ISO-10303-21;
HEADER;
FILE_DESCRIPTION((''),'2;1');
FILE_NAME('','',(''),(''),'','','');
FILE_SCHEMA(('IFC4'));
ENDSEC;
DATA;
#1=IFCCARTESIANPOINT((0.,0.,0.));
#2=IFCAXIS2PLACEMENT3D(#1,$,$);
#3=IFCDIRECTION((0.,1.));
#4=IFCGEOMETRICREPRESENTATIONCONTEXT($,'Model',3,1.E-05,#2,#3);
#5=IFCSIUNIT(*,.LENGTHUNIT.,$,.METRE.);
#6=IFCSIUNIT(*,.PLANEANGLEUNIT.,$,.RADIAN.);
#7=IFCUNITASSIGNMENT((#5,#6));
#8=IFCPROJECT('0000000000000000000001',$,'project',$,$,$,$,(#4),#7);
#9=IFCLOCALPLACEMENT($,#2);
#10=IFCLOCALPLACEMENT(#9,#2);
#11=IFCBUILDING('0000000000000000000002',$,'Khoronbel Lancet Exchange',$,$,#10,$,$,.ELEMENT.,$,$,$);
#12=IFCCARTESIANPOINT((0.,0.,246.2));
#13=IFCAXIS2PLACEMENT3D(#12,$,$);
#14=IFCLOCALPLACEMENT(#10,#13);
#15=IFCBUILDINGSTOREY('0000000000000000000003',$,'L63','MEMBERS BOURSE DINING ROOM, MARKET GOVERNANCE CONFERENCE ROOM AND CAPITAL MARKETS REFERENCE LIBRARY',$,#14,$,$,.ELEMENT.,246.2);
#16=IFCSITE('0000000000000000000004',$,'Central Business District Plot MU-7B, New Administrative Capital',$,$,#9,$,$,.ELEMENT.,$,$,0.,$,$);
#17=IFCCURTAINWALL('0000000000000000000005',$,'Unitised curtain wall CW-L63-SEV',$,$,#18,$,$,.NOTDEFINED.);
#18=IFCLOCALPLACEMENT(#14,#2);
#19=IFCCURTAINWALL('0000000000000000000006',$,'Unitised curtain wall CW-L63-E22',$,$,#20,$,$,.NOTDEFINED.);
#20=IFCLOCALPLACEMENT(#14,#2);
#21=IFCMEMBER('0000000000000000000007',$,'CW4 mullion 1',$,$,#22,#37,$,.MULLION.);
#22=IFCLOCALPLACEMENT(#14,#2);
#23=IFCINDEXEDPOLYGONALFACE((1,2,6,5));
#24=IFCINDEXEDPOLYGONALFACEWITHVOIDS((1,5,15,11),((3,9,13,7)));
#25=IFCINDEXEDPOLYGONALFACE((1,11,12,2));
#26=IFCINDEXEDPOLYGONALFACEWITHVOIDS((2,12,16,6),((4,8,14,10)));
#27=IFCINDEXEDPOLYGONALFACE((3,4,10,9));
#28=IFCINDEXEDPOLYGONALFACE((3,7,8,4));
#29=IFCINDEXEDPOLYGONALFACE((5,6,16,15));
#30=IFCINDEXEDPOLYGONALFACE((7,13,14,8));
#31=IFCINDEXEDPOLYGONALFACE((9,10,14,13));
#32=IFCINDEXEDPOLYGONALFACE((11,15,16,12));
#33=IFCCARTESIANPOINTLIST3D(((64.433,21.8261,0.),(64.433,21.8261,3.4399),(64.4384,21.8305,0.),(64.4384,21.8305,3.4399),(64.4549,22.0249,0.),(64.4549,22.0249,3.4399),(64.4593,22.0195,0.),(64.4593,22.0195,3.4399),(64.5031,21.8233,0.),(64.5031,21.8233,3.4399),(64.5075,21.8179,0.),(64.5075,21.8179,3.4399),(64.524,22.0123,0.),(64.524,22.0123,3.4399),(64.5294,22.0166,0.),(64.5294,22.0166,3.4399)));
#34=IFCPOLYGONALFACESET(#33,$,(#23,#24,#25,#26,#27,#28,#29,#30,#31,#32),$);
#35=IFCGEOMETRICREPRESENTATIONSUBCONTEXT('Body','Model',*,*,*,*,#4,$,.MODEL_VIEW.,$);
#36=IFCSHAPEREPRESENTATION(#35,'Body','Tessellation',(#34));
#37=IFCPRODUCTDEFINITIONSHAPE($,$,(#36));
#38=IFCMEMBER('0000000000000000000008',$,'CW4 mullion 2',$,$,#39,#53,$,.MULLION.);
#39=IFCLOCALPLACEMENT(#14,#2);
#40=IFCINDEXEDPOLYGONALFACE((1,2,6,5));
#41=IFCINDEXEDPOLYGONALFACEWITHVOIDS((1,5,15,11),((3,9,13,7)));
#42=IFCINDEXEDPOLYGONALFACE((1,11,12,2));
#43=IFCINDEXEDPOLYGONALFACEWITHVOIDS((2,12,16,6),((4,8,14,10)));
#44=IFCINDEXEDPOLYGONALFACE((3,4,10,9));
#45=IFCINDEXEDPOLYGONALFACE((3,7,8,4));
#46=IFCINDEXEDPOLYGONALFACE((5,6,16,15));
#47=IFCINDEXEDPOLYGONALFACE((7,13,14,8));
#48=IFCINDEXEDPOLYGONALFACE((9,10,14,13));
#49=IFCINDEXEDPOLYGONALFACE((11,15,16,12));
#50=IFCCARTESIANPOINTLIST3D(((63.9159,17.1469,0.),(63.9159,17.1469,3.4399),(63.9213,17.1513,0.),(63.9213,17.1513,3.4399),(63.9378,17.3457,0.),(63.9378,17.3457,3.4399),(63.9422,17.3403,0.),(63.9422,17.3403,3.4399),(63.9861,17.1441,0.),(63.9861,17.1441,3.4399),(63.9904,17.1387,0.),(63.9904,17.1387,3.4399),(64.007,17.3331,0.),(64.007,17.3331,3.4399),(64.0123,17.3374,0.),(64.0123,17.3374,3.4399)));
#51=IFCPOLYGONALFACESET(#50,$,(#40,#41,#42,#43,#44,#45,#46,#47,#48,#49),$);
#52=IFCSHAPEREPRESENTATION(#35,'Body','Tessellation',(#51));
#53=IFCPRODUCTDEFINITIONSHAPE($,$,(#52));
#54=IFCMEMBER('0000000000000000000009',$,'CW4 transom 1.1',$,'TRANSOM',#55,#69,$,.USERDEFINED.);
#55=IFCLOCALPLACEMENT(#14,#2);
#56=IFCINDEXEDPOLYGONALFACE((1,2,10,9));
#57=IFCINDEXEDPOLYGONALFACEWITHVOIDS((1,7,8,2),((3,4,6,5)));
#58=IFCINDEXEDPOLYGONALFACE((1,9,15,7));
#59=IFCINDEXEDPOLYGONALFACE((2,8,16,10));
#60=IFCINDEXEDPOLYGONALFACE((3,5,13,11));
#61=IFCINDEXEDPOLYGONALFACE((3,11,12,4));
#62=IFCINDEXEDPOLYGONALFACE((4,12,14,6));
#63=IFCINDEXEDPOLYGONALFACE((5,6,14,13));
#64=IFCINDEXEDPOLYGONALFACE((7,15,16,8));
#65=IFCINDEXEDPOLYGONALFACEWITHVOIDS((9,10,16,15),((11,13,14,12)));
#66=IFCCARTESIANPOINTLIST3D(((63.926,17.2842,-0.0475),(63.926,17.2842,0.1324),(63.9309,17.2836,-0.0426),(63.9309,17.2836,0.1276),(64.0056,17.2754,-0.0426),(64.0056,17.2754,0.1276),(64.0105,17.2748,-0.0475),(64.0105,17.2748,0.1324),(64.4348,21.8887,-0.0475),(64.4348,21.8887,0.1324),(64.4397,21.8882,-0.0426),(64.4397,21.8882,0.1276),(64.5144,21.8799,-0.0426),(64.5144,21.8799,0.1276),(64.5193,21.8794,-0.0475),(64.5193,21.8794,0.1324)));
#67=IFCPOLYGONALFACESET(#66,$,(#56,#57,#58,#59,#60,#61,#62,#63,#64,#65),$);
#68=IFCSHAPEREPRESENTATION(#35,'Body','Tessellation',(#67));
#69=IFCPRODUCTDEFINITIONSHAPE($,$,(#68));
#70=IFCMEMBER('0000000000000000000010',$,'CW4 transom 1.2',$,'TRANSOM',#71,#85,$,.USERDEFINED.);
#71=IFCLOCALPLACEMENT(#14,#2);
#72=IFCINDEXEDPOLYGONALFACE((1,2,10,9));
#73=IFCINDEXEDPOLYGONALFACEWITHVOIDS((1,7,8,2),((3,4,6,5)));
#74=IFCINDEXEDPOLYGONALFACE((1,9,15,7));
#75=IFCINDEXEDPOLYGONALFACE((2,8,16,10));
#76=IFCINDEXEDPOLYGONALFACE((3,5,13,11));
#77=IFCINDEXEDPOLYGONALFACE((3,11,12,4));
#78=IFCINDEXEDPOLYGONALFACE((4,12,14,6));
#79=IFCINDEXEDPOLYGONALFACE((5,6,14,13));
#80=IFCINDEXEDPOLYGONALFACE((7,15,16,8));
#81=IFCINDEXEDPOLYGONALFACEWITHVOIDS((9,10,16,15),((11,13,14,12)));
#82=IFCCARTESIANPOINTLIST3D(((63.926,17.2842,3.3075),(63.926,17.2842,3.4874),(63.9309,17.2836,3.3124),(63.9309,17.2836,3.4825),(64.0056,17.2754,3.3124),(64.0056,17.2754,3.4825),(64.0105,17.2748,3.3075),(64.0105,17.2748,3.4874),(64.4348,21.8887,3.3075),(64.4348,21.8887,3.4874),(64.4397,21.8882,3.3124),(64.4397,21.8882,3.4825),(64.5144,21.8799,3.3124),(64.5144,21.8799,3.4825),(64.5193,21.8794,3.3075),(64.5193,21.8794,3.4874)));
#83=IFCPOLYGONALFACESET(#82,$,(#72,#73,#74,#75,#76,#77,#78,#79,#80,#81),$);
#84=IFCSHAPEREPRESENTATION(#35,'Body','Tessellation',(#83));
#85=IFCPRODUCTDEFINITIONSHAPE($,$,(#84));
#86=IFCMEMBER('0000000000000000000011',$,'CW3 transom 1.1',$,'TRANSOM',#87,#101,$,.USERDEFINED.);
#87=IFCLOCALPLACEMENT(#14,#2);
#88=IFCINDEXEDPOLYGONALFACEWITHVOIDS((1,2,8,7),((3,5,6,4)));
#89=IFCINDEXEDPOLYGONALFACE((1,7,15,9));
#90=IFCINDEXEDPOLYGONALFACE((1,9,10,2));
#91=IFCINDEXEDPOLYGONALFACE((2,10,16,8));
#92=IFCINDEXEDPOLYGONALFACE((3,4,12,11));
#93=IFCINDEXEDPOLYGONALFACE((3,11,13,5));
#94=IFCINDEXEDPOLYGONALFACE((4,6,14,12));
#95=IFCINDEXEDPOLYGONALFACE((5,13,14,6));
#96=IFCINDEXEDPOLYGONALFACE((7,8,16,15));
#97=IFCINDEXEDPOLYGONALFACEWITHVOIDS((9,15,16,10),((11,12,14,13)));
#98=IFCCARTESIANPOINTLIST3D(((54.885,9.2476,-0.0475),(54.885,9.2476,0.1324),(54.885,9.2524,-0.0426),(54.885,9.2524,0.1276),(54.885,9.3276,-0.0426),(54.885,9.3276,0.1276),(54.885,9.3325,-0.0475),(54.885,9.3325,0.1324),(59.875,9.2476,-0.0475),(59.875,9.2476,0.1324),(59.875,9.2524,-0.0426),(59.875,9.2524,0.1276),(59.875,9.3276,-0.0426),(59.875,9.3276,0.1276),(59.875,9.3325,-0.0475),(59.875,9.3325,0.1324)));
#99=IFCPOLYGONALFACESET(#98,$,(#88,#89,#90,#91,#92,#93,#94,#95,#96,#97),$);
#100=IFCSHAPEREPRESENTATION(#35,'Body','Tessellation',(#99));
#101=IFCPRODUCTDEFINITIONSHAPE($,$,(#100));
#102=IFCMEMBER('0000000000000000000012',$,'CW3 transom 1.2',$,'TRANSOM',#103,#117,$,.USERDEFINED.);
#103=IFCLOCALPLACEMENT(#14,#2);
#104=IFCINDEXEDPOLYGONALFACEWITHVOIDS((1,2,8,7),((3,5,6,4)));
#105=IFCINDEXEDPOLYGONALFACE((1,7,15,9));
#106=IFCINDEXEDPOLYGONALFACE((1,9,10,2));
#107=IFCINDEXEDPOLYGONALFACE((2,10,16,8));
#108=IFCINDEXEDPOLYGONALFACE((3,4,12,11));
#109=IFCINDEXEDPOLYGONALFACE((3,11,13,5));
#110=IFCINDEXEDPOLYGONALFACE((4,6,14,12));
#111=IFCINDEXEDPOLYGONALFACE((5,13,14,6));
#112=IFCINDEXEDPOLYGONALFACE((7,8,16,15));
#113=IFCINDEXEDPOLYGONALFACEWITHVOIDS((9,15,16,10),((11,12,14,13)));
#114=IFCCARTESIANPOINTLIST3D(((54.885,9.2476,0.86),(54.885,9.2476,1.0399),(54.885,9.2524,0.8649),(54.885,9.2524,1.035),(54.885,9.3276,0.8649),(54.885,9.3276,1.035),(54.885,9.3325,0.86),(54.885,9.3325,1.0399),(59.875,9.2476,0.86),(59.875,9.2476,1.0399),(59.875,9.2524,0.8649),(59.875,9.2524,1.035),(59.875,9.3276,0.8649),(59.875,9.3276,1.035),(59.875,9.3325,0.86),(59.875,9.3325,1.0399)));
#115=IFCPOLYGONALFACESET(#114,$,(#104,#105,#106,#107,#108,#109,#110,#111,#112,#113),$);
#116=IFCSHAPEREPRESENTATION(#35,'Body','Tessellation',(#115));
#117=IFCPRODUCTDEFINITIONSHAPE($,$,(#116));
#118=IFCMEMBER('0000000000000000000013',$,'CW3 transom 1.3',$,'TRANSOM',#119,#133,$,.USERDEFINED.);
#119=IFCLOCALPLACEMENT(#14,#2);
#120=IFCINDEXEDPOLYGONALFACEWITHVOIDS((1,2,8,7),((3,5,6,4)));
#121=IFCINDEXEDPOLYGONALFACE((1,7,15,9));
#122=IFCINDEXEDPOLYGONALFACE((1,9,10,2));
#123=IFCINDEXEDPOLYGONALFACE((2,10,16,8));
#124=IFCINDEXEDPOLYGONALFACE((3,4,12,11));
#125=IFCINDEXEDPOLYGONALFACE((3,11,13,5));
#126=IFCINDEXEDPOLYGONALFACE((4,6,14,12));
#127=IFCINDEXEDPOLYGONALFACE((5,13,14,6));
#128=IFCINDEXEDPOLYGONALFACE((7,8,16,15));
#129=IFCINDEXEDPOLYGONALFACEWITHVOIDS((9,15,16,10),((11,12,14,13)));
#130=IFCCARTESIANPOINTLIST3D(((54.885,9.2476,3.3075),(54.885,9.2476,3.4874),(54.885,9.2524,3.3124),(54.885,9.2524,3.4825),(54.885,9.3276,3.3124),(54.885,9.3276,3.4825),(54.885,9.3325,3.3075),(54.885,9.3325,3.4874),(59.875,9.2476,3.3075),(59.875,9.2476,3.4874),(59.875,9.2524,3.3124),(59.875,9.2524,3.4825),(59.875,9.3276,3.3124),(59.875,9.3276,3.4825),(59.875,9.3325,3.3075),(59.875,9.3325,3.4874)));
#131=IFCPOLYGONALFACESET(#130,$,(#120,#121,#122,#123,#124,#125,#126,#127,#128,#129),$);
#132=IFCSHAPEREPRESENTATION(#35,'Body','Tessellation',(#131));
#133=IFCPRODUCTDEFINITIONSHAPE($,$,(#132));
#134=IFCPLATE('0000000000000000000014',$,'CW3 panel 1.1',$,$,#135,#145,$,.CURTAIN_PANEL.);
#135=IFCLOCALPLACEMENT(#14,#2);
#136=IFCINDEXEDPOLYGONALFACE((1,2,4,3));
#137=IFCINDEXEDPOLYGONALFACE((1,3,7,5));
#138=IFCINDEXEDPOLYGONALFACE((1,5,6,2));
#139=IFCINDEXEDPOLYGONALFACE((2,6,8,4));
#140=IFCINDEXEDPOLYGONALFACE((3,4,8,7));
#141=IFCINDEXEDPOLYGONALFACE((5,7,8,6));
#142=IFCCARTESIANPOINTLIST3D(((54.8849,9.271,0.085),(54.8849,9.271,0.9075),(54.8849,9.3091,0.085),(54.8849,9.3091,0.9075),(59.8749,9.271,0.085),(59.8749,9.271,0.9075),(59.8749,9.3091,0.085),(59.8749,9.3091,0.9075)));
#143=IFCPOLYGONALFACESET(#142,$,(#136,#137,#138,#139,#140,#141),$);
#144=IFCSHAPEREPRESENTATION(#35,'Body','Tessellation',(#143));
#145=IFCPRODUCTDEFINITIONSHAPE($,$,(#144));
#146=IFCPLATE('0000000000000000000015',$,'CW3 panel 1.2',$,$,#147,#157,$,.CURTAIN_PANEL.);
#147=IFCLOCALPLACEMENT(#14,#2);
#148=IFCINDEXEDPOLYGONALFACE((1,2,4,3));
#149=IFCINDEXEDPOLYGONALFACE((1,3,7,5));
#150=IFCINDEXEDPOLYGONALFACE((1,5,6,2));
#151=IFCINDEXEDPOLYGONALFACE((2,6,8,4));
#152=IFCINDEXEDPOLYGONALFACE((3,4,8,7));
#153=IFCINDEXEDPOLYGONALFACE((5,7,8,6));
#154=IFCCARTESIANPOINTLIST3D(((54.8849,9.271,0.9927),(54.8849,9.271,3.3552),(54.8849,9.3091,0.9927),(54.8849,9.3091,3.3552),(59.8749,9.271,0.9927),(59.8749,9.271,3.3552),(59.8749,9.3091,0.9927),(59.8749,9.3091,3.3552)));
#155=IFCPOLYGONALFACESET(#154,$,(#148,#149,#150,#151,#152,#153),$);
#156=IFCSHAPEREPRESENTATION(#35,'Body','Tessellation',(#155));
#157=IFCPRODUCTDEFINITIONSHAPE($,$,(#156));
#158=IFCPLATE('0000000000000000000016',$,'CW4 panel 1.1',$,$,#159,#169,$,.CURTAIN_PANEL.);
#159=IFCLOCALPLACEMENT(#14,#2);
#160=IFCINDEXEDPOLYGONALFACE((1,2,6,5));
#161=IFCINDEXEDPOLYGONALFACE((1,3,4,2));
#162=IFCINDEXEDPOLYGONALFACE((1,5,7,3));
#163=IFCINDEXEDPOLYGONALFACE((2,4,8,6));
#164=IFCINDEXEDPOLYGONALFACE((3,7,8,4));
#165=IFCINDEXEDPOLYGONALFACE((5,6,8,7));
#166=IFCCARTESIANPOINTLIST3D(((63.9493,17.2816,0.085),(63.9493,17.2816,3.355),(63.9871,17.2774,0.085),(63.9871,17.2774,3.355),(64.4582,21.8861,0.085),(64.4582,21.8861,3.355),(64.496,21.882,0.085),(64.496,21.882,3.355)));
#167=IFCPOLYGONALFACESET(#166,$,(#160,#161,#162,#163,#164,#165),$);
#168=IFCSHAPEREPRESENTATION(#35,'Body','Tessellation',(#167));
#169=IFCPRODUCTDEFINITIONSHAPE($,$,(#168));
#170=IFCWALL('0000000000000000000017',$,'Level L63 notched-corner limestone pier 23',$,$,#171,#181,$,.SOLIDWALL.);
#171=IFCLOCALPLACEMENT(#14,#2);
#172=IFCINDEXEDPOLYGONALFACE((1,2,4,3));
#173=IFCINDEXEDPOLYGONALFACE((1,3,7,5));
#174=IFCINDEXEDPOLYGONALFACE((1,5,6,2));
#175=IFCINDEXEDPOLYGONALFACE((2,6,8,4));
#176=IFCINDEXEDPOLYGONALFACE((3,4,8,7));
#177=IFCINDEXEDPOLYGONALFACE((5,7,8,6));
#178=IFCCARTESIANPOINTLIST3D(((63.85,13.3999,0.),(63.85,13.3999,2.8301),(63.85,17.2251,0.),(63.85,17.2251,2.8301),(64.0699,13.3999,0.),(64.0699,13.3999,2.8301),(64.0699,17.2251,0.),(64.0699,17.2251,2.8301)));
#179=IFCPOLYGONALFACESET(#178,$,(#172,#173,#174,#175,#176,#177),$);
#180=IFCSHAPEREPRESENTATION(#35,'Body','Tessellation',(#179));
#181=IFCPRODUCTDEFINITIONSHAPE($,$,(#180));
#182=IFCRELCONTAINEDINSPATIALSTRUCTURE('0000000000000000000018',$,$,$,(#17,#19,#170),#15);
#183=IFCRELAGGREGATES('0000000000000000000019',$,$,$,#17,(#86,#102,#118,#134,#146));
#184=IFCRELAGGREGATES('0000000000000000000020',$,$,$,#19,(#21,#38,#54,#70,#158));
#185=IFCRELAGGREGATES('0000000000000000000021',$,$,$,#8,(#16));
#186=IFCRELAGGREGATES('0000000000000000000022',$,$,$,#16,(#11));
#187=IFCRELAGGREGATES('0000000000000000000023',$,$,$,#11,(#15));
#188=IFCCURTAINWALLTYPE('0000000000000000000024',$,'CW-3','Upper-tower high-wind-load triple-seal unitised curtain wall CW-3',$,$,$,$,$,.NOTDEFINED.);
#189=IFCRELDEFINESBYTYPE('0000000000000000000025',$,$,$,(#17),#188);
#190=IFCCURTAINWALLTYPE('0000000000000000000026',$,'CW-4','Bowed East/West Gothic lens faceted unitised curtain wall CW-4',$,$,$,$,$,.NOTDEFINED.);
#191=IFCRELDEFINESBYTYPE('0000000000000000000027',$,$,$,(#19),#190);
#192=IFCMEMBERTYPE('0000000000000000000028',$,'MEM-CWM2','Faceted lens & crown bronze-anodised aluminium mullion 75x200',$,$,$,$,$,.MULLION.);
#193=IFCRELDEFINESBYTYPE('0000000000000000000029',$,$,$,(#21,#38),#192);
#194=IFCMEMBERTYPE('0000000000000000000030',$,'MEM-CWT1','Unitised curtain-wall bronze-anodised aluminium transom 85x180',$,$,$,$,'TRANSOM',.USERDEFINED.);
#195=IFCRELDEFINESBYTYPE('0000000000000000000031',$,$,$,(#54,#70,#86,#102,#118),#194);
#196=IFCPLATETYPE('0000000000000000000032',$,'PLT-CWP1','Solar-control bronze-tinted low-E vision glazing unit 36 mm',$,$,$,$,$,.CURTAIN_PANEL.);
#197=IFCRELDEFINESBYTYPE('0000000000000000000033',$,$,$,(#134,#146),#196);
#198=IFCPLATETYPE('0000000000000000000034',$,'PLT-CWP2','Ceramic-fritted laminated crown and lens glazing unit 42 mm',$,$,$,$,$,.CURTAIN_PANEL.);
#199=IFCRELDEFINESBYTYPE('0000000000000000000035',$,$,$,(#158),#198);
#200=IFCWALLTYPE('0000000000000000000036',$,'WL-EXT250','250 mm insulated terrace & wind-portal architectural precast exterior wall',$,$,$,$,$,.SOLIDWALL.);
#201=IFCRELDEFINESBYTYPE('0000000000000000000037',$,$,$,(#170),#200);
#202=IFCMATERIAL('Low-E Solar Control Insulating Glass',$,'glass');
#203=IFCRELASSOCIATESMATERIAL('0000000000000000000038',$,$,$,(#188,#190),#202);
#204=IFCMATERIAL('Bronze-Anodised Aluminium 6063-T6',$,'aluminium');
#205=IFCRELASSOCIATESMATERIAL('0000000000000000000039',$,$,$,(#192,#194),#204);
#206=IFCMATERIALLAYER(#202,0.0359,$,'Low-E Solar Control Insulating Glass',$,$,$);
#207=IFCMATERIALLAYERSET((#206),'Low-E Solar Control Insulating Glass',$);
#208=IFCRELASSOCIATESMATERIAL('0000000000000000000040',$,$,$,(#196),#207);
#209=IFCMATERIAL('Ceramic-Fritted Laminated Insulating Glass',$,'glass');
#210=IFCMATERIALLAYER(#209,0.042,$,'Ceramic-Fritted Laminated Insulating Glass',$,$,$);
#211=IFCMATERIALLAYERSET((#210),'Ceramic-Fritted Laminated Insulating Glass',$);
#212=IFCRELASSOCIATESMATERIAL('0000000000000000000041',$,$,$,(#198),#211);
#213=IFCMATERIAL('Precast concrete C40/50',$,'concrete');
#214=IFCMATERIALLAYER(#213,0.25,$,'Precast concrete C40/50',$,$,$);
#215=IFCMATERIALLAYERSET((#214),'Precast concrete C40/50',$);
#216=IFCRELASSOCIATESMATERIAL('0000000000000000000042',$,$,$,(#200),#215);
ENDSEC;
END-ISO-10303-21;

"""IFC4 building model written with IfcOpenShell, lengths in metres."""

from ifc_helpers import new_model, si_unit, direction, frame, frame_2d, origin, origin_2d, place, context, subcontext, project, spatial, rectangle, hollow_rectangle, extrude, material, layer, layer_set, material_profile, profile_set, type_object, element, aggregate, save


model = new_model("IFC4")

# Units and contexts
model_context = context("Model", 3, precision=1e-05, world=origin(), true_north=direction((0.0, 1.0)))
body_context = subcontext(model_context, "Body", "Model", "MODEL_VIEW")
ifc_project = project(units=[si_unit("LENGTHUNIT", "METRE"), si_unit("PLANEANGLEUNIT", "RADIAN")], contexts=[model_context])

# Site, building, storey
site_placement = place(None, origin())
site = spatial("IfcSite", under=ifc_project, at=site_placement, Name="Central Business District Plot MU-7B, New Administrative Capital", CompositionType="ELEMENT", RefElevation=0.0)
building_placement = place(site_placement, origin())
building = spatial("IfcBuilding", under=site, at=building_placement, Name="Khoronbel Lancet Exchange", CompositionType="ELEMENT")
storey_placement = place(building_placement, frame((0.0, 0.0, 246.2)))
storey = spatial("IfcBuildingStorey", under=building, at=storey_placement, Name="L63", Description="MEMBERS BOURSE DINING ROOM, MARKET GOVERNANCE CONFERENCE ROOM AND CAPITAL MARKETS REFERENCE LIBRARY", CompositionType="ELEMENT", Elevation=246.2)

# Shared definitions
ifc_material_1 = material(Name="Low-E Solar Control Insulating Glass", Category="glass")
curtain_wall_type_1 = type_object("IfcCurtainWallType", Name="CW-3", Description="Upper-tower high-wind-load triple-seal unitised curtain wall CW-3", PredefinedType="NOTDEFINED", material=ifc_material_1)
ifc_material_2 = material(Name="Bronze-Anodised Aluminium 6063-T6", Category="aluminium")

# Curtain walls, members
curtain_wall_1_placement = place(storey_placement, origin())
curtain_wall_1 = element("IfcCurtainWall", 1, at=curtain_wall_1_placement, inside=storey, type_object=curtain_wall_type_1, Name="Unitised curtain wall CW-L63-SEV", PredefinedType="NOTDEFINED")
curtain_wall_type_2 = type_object("IfcCurtainWallType", Name="CW-4", Description="Bowed East/West Gothic lens faceted unitised curtain wall CW-4", PredefinedType="NOTDEFINED", material=ifc_material_1)
curtain_wall_2_placement = place(storey_placement, origin())
curtain_wall_2 = element("IfcCurtainWall", 2, at=curtain_wall_2_placement, inside=storey, type_object=curtain_wall_type_2, Name="Unitised curtain wall CW-L63-E22", PredefinedType="NOTDEFINED")
ifc_material_profile_1 = material_profile(ifc_material_2, hollow_rectangle(XDim=0.075, YDim=0.2, WallThickness=0.0049, at=origin_2d()), Name="ALU MULLION 75x200")
ifc_profile_set_1 = profile_set([ifc_material_profile_1], Name="Bronze-Anodised Aluminium 6063-T6")
member_type_1 = type_object("IfcMemberType", Name="MEM-CWM2", Description="Faceted lens & crown bronze-anodised aluminium mullion 75x200", PredefinedType="MULLION", material=ifc_profile_set_1)
member_1_placement = place(storey_placement, frame((64.4812, 21.9214, 0.0), z_axis=(0.0, 0.0, 1.0), x_axis=(0.993947, -0.109858, 0.0)))
member_1 = element("IfcMember", 3, at=member_1_placement, type_object=member_type_1, Name="CW4 mullion 1", PredefinedType="MULLION", context=body_context, shape_type="SweptSolid", body=[
    extrude(hollow_rectangle(XDim=0.075, YDim=0.2, WallThickness=0.0049, at=origin_2d()), origin(), (0.0, 0.0, 1.0), 3.4399),
])
member_2_placement = place(storey_placement, frame((63.9641, 17.2422, 0.0), z_axis=(0.0, 0.0, 1.0), x_axis=(0.993947, -0.109858, 0.0)))
member_2 = element("IfcMember", 4, at=member_2_placement, type_object=member_type_1, Name="CW4 mullion 2", PredefinedType="MULLION", context=body_context, shape_type="SweptSolid", body=[
    extrude(hollow_rectangle(XDim=0.075, YDim=0.2, WallThickness=0.0049, at=origin_2d()), origin(), (0.0, 0.0, 1.0), 3.4399),
])
ifc_material_profile_2 = material_profile(ifc_material_2, hollow_rectangle(XDim=0.085, YDim=0.1799, WallThickness=0.0049, at=origin_2d()), Name="ALU TRANSOM 85x180")
ifc_profile_set_2 = profile_set([ifc_material_profile_2], Name="Bronze-Anodised Aluminium 6063-T6")
member_type_2 = type_object("IfcMemberType", Name="MEM-CWT1", Description="Unitised curtain-wall bronze-anodised aluminium transom 85x180", ElementType="TRANSOM", PredefinedType="USERDEFINED", material=ifc_profile_set_2)
member_3_placement = place(storey_placement, frame((64.4771, 21.884, 0.0425), z_axis=(-0.10983, -0.99395, 0.0), x_axis=(0.99395, -0.10983, 0.0)))
member_3 = element("IfcMember", 5, at=member_3_placement, type_object=member_type_2, Name="CW4 transom 1.1", ObjectType="TRANSOM", PredefinedType="USERDEFINED", context=body_context, shape_type="SweptSolid", body=[
    extrude(hollow_rectangle(XDim=0.085, YDim=0.1799, WallThickness=0.0049, at=origin_2d()), origin(), (0.0, 0.0, 1.0), 4.6326),
])
member_4_placement = place(storey_placement, frame((64.4771, 21.884, 3.3975), z_axis=(-0.10983, -0.99395, 0.0), x_axis=(0.99395, -0.10983, 0.0)))
member_4 = element("IfcMember", 6, at=member_4_placement, type_object=member_type_2, Name="CW4 transom 1.2", ObjectType="TRANSOM", PredefinedType="USERDEFINED", context=body_context, shape_type="SweptSolid", body=[
    extrude(hollow_rectangle(XDim=0.085, YDim=0.1799, WallThickness=0.0049, at=origin_2d()), origin(), (0.0, 0.0, 1.0), 4.6326),
])

# Members
member_5_placement = place(storey_placement, frame((54.885, 9.29, 0.0425), z_axis=(1.0, 0.0, 0.0), x_axis=(0.0, 1.0, 0.0)))
member_5 = element("IfcMember", 7, at=member_5_placement, type_object=member_type_2, Name="CW3 transom 1.1", ObjectType="TRANSOM", PredefinedType="USERDEFINED", context=body_context, shape_type="SweptSolid", body=[
    extrude(hollow_rectangle(XDim=0.085, YDim=0.1799, WallThickness=0.0049, at=origin_2d()), origin(), (0.0, 0.0, 1.0), 4.99),
])
member_6_placement = place(storey_placement, frame((54.885, 9.29, 0.95), z_axis=(1.0, 0.0, 0.0), x_axis=(0.0, 1.0, 0.0)))
member_6 = element("IfcMember", 8, at=member_6_placement, type_object=member_type_2, Name="CW3 transom 1.2", ObjectType="TRANSOM", PredefinedType="USERDEFINED", context=body_context, shape_type="SweptSolid", body=[
    extrude(hollow_rectangle(XDim=0.085, YDim=0.1799, WallThickness=0.0049, at=origin_2d()), origin(), (0.0, 0.0, 1.0), 4.99),
])
member_7_placement = place(storey_placement, frame((54.885, 9.29, 3.3975), z_axis=(1.0, 0.0, 0.0), x_axis=(0.0, 1.0, 0.0)))
member_7 = element("IfcMember", 9, at=member_7_placement, type_object=member_type_2, Name="CW3 transom 1.3", ObjectType="TRANSOM", PredefinedType="USERDEFINED", context=body_context, shape_type="SweptSolid", body=[
    extrude(hollow_rectangle(XDim=0.085, YDim=0.1799, WallThickness=0.0049, at=origin_2d()), origin(), (0.0, 0.0, 1.0), 4.99),
])

# Plates
ifc_layer_1 = layer(ifc_material_1, 0.0359, Name="Low-E Solar Control Insulating Glass")
ifc_layer_set_1 = layer_set([ifc_layer_1], Name="Low-E Solar Control Insulating Glass")
plate_type_1 = type_object("IfcPlateType", Name="PLT-CWP1", Description="Solar-control bronze-tinted low-E vision glazing unit 36 mm", PredefinedType="CURTAIN_PANEL", material=ifc_layer_set_1)
plate_1_placement = place(storey_placement, frame((57.3799, 9.29, 0.085), z_axis=(0.0, 0.0, 1.0), x_axis=(1.0, 0.0, 0.0)))
plate_1 = element("IfcPlate", 10, at=plate_1_placement, type_object=plate_type_1, Name="CW3 panel 1.1", PredefinedType="CURTAIN_PANEL", context=body_context, shape_type="SweptSolid", body=[
    extrude(rectangle(XDim=4.99, YDim=0.0381, at=origin_2d()), origin(), (0.0, 0.0, 1.0), 0.8225),
])
plate_2_placement = place(storey_placement, frame((57.3799, 9.29, 0.9927), z_axis=(0.0, 0.0, 1.0), x_axis=(1.0, 0.0, 0.0)))
plate_2 = element("IfcPlate", 11, at=plate_2_placement, type_object=plate_type_1, Name="CW3 panel 1.2", PredefinedType="CURTAIN_PANEL", context=body_context, shape_type="SweptSolid", body=[
    extrude(rectangle(XDim=4.99, YDim=0.0381, at=origin_2d()), origin(), (0.0, 0.0, 1.0), 2.3625),
])
aggregate(curtain_wall_1, [member_5, member_6, member_7, plate_1, plate_2])
ifc_material_3 = material(Name="Ceramic-Fritted Laminated Insulating Glass", Category="glass")
ifc_layer_2 = layer(ifc_material_3, 0.042, Name="Ceramic-Fritted Laminated Insulating Glass")
ifc_layer_set_2 = layer_set([ifc_layer_2], Name="Ceramic-Fritted Laminated Insulating Glass")
plate_type_2 = type_object("IfcPlateType", Name="PLT-CWP2", Description="Ceramic-fritted laminated crown and lens glazing unit 42 mm", PredefinedType="CURTAIN_PANEL", material=ifc_layer_set_2)
plate_3_placement = place(storey_placement, frame((64.2227, 19.5818, 0.085), z_axis=(0.0, 0.0, 1.0), x_axis=(-0.109858, -0.993947, 0.0)))
plate_3 = element("IfcPlate", 12, at=plate_3_placement, type_object=plate_type_2, Name="CW4 panel 1.1", PredefinedType="CURTAIN_PANEL", context=body_context, shape_type="SweptSolid", body=[
    extrude(rectangle(XDim=4.6326, YDim=0.0381, at=origin_2d()), origin(), (0.0, 0.0, 1.0), 3.27),
])
aggregate(curtain_wall_2, [member_1, member_2, member_3, member_4, plate_3])

# Wall
ifc_material_4 = material(Name="Precast concrete C40/50", Category="concrete")
ifc_layer_3 = layer(ifc_material_4, 0.25, Name="Precast concrete C40/50")
ifc_layer_set_3 = layer_set([ifc_layer_3], Name="Precast concrete C40/50")
wall_type_1 = type_object("IfcWallType", Name="WL-EXT250", Description="250 mm insulated terrace & wind-portal architectural precast exterior wall", PredefinedType="SOLIDWALL", material=ifc_layer_set_3)
wall_1_placement = place(storey_placement, frame((63.96, 17.2251, 0.0), z_axis=(0.0, 0.0, 1.0), x_axis=(0.0, -1.0, 0.0)))
element("IfcWall", 13, at=wall_1_placement, inside=storey, type_object=wall_type_1, Name="Level L63 notched-corner limestone pier 23", PredefinedType="SOLIDWALL", context=body_context, shape_type="SweptSolid", body=[
    extrude(rectangle(XDim=3.8252, YDim=0.22, at=frame_2d((1.9126, 0.0))), origin(), (0.0, 0.0, 1.0), 2.8301),
])

save(model, "model.ifc")
